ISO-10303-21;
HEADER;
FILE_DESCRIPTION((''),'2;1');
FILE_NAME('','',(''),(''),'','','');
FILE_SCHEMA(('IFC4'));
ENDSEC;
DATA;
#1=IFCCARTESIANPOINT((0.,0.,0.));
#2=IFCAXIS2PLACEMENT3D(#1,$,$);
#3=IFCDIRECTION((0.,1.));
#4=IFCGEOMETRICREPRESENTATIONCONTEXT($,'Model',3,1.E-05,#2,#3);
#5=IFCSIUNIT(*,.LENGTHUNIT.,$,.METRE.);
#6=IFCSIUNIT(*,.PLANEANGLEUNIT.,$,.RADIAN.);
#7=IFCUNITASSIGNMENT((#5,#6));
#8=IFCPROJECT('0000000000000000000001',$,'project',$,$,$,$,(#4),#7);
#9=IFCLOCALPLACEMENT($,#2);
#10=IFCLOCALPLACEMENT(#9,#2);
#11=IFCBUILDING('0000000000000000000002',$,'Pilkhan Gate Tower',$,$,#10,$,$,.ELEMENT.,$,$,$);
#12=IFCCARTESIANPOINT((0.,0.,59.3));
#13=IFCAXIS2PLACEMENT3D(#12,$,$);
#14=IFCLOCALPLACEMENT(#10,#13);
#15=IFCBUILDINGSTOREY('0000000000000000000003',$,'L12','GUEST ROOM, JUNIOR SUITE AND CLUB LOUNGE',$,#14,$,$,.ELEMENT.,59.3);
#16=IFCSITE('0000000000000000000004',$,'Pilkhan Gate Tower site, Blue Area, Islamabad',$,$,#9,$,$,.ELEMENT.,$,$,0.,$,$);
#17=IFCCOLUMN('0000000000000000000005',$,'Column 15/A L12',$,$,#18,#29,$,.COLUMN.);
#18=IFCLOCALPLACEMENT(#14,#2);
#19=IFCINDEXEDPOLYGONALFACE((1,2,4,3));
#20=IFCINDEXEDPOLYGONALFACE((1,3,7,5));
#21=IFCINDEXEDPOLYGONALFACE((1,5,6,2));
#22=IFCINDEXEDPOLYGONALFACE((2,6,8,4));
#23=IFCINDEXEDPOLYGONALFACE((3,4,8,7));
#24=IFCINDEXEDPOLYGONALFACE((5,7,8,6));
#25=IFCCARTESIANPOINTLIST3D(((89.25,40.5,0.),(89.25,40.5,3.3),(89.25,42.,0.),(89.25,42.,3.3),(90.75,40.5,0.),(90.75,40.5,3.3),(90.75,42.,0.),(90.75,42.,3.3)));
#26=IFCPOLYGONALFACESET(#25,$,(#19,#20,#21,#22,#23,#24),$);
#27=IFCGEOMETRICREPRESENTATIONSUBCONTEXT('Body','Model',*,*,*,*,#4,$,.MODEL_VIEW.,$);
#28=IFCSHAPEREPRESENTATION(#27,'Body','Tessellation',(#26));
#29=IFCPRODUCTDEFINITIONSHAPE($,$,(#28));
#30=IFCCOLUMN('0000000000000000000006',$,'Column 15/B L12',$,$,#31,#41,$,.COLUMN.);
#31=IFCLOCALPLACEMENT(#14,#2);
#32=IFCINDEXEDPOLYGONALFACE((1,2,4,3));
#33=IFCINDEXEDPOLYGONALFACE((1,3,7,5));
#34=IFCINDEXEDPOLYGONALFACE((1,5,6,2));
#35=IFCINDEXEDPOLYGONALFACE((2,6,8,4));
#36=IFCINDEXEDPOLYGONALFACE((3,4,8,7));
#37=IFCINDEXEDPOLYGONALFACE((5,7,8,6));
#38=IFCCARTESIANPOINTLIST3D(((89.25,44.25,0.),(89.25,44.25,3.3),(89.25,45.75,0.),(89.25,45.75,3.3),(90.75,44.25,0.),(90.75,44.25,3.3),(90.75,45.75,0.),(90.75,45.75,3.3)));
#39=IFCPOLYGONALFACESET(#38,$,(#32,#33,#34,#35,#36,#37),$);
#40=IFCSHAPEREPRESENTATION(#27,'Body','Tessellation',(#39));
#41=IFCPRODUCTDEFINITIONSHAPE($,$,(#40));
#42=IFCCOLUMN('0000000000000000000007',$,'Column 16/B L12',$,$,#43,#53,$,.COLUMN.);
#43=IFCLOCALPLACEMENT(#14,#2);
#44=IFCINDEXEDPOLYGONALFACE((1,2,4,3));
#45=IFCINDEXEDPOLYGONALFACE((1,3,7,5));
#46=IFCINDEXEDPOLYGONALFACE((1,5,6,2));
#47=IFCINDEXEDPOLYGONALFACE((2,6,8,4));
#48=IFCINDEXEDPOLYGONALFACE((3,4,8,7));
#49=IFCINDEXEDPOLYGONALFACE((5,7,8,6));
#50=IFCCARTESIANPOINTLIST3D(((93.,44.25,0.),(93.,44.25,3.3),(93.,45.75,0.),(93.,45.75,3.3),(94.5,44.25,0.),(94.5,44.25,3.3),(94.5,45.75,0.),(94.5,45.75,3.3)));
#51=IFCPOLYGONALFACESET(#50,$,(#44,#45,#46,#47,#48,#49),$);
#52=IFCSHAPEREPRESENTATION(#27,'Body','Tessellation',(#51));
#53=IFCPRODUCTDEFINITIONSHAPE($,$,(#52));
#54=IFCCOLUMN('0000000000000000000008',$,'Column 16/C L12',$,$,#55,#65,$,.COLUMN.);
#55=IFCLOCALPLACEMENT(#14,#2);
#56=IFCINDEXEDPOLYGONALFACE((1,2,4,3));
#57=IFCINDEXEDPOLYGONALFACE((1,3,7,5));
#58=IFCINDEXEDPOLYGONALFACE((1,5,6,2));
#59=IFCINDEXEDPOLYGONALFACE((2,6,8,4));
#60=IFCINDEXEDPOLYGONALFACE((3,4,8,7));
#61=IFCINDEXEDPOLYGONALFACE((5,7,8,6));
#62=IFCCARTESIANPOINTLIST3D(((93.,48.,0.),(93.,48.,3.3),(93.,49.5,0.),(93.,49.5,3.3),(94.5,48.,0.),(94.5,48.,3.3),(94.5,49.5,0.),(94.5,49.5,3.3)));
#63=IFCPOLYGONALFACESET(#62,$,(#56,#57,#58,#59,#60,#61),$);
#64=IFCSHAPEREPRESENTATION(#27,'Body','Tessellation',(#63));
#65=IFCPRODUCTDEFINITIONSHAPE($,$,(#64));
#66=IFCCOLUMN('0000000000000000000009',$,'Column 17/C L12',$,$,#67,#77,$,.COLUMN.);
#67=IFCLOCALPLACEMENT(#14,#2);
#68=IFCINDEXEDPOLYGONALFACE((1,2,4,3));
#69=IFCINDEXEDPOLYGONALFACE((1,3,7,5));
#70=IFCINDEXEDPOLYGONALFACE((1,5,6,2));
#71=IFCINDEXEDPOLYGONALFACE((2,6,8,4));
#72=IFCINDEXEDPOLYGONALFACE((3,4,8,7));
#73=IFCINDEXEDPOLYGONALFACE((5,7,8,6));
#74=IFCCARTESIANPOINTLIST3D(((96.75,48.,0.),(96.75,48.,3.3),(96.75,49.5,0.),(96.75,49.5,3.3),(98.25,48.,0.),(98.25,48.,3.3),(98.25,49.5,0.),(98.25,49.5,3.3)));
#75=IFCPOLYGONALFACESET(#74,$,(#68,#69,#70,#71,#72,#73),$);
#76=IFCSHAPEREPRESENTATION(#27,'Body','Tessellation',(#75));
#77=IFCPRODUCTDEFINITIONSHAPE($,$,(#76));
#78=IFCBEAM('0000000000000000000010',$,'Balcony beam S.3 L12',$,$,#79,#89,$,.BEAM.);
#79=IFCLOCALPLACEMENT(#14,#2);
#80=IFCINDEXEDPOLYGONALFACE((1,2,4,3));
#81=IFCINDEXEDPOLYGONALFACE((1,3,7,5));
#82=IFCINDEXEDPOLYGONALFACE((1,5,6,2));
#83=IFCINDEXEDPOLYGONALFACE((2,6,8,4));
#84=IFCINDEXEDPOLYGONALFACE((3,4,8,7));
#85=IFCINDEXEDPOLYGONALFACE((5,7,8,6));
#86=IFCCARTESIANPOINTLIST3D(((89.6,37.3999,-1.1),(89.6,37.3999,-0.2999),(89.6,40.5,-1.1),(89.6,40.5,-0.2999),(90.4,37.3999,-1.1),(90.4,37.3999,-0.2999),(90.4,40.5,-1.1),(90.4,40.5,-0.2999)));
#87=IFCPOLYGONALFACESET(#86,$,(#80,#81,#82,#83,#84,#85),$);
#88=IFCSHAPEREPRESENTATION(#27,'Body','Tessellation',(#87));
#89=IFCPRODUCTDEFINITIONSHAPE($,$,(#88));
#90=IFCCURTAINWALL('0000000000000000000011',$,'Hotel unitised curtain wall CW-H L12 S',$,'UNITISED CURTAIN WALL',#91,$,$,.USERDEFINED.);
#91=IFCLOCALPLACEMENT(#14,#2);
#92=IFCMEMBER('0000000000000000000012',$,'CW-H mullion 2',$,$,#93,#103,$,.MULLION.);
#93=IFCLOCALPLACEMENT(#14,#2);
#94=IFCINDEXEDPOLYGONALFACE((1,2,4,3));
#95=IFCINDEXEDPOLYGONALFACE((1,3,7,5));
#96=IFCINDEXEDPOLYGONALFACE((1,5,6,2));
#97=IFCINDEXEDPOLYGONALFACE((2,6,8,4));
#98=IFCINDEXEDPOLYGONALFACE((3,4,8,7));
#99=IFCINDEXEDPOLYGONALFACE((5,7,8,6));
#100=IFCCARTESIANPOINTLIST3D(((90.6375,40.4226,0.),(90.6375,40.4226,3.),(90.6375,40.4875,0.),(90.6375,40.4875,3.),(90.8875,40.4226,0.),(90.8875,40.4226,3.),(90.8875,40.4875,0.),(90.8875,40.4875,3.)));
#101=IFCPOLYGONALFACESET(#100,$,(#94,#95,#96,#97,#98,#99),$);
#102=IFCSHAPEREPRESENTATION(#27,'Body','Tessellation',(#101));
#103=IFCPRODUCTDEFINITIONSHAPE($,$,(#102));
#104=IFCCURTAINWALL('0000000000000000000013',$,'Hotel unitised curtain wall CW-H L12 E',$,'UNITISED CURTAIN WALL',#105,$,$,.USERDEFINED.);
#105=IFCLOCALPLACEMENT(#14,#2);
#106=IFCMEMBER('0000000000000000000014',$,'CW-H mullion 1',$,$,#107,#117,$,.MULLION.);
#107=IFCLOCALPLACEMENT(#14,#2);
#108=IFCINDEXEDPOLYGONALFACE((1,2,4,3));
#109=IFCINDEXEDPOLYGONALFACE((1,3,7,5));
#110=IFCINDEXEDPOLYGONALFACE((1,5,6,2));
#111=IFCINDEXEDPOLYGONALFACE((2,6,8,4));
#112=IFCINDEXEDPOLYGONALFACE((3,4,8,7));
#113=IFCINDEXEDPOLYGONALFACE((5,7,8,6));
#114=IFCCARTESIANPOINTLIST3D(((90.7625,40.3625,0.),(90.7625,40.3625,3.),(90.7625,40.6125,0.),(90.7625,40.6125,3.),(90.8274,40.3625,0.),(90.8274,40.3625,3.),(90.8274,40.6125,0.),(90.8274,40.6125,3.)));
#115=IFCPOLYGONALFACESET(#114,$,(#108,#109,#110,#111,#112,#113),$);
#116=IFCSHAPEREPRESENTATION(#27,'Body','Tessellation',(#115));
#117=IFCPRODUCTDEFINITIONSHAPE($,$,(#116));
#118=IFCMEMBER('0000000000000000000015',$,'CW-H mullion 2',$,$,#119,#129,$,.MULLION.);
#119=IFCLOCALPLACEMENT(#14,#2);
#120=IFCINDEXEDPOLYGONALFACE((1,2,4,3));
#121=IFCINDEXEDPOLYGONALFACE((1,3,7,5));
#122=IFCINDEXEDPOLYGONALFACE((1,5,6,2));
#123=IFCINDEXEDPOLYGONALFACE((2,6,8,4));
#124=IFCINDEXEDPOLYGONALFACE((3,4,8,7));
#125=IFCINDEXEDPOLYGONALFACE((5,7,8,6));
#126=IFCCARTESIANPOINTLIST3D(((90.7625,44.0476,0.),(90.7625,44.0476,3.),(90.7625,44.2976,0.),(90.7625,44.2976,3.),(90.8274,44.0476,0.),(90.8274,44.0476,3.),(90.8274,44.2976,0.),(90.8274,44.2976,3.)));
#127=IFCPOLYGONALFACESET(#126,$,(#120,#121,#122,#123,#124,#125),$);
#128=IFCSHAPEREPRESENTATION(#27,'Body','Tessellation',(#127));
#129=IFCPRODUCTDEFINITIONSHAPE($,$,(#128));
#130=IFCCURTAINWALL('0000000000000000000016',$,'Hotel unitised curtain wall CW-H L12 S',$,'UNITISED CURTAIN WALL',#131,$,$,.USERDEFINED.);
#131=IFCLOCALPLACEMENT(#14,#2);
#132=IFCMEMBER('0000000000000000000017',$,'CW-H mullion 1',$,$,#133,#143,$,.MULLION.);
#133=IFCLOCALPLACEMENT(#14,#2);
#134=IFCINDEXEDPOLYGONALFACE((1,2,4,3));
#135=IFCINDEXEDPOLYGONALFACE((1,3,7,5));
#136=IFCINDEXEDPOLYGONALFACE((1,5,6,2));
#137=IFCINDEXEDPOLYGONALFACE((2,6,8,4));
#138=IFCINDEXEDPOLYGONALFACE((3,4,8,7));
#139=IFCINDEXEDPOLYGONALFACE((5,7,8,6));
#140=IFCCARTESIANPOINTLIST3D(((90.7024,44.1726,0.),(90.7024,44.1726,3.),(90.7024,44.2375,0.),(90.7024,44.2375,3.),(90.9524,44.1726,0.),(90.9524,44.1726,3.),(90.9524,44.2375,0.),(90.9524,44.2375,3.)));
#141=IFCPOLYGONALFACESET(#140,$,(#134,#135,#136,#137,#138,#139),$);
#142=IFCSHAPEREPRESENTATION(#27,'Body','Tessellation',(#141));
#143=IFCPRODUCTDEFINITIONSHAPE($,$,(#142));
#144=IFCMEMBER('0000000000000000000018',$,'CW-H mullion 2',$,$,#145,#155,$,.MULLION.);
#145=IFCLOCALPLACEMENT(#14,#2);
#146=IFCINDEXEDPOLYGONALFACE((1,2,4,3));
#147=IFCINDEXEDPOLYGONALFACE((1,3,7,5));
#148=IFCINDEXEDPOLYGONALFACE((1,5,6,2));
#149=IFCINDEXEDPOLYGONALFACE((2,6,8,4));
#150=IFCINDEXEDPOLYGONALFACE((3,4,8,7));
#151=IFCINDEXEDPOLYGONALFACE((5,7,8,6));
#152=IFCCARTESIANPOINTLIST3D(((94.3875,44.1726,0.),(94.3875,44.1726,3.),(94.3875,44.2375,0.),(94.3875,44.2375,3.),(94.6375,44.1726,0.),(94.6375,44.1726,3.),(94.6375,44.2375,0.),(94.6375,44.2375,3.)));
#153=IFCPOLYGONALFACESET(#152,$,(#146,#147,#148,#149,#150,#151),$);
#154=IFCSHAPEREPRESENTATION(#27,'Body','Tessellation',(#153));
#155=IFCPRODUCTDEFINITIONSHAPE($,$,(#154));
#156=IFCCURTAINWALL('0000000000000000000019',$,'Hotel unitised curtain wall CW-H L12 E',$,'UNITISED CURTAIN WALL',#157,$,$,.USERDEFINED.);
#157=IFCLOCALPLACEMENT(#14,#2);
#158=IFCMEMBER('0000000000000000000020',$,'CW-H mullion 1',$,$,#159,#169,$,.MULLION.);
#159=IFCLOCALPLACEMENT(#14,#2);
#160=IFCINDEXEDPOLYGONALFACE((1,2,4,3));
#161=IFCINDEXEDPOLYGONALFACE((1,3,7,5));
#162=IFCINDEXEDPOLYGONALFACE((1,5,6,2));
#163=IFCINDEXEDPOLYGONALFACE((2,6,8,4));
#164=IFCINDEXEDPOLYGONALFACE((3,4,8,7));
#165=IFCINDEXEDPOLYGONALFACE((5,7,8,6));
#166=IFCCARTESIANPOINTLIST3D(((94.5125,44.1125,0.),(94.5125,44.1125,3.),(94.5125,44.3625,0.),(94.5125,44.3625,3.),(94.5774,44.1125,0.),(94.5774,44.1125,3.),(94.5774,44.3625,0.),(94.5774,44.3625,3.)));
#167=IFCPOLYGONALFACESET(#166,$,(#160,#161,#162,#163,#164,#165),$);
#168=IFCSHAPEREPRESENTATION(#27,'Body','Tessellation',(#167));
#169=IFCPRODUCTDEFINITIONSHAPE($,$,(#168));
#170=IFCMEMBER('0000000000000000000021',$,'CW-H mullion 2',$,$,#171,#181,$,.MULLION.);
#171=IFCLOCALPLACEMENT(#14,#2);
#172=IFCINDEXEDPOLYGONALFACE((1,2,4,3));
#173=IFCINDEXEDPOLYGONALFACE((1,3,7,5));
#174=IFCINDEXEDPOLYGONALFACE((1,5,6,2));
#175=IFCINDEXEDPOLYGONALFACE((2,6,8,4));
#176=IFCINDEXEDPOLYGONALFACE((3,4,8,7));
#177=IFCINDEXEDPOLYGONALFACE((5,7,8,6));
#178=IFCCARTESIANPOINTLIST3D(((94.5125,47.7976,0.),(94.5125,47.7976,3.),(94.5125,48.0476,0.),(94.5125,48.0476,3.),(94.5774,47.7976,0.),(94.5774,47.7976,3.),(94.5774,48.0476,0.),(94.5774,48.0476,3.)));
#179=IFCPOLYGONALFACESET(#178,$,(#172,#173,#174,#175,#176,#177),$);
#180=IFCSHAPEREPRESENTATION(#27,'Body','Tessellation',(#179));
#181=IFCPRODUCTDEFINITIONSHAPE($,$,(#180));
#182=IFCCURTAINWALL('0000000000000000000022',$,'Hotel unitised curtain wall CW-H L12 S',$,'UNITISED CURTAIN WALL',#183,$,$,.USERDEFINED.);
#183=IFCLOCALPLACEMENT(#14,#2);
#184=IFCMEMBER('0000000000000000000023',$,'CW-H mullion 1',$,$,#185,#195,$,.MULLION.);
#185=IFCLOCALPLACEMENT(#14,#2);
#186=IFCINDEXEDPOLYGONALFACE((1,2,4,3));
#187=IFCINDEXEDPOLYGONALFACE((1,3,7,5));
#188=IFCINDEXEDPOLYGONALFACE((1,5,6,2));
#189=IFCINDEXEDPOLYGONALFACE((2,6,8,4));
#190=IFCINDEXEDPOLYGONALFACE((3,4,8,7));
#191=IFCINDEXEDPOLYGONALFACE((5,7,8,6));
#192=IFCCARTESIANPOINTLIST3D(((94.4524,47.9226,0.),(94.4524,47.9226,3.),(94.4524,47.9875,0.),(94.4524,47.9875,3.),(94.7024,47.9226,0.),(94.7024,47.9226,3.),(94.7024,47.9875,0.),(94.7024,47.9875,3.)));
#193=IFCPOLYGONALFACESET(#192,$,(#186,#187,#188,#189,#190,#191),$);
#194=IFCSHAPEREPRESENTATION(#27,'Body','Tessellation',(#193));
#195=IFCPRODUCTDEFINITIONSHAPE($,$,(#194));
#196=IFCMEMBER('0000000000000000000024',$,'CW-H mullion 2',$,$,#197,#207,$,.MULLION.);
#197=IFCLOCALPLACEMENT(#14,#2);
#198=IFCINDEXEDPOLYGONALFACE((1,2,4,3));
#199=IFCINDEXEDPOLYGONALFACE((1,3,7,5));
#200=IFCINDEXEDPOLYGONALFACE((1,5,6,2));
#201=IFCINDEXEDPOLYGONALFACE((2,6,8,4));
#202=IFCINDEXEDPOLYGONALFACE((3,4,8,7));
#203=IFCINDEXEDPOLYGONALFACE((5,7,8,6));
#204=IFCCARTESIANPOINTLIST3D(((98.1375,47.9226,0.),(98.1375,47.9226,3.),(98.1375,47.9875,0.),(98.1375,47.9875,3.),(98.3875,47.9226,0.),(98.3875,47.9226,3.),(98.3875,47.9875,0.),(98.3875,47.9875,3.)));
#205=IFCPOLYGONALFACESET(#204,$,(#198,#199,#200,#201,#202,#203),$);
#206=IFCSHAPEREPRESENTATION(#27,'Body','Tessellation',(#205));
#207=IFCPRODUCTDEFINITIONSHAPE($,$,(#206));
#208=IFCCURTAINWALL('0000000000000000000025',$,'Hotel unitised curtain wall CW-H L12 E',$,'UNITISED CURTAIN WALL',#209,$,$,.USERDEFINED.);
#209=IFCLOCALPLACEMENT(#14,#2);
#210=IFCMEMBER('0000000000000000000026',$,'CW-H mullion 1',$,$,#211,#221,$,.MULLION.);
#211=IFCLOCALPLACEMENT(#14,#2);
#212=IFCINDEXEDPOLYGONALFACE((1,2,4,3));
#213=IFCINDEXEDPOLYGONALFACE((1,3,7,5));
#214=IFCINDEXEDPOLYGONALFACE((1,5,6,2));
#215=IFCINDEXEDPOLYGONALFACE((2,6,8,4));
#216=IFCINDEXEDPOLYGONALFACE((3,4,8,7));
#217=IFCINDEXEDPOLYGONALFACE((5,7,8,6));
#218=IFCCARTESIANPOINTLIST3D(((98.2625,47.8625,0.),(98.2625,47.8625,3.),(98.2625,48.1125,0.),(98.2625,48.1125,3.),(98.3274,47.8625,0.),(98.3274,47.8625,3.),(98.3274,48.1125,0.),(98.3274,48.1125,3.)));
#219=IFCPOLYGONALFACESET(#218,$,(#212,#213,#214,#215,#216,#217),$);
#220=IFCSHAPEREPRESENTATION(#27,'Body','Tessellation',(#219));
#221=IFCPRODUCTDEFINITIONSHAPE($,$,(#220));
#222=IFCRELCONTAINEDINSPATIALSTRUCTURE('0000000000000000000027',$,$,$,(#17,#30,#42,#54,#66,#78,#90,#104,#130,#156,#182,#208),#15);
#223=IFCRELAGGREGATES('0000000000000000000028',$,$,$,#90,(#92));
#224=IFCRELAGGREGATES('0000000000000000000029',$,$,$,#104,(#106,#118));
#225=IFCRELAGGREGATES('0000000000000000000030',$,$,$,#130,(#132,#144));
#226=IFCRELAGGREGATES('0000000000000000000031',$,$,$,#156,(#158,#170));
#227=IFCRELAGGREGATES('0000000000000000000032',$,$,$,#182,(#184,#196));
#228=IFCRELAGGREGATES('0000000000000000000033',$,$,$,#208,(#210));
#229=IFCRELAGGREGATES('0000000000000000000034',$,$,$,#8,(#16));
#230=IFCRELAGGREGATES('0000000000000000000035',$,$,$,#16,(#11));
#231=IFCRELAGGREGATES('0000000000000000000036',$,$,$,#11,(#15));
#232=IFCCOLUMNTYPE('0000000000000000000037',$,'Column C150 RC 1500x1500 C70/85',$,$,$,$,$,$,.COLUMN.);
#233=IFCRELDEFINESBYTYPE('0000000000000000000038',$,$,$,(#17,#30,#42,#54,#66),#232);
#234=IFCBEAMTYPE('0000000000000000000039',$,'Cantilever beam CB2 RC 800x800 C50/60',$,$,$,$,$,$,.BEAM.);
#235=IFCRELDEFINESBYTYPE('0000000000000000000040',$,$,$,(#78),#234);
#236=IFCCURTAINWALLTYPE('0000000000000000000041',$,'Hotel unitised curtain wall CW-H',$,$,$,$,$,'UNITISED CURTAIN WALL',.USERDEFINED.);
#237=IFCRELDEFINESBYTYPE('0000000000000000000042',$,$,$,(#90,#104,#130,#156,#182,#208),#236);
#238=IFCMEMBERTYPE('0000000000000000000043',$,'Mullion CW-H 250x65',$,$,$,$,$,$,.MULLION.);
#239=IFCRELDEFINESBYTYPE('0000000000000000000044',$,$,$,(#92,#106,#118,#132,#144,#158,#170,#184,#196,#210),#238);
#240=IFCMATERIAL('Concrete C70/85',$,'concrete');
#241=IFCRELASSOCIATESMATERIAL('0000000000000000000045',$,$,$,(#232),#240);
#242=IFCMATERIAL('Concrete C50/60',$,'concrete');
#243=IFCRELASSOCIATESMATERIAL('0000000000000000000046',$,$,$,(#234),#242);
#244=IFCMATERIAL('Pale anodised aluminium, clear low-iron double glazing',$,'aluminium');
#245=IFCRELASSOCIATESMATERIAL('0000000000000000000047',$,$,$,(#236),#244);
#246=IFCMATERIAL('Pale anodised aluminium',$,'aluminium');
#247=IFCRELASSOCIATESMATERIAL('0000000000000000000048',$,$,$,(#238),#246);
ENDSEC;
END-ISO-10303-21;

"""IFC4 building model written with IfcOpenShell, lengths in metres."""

from ifc_helpers import new_model, si_unit, direction, frame, origin, origin_2d, place, context, subcontext, project, spatial, rectangle, extrude, material, material_profile, profile_set, type_object, element, aggregate, save


model = new_model("IFC4")

# Units and contexts
model_context = context("Model", 3, precision=1e-05, world=origin(), true_north=direction((0.0, 1.0)))
body_context = subcontext(model_context, "Body", "Model", "MODEL_VIEW")
ifc_project = project(units=[si_unit("LENGTHUNIT", "METRE"), si_unit("PLANEANGLEUNIT", "RADIAN")], contexts=[model_context])

# Site, building, storey
site_placement = place(None, origin())
site = spatial("IfcSite", under=ifc_project, at=site_placement, Name="Pilkhan Gate Tower site, Blue Area, Islamabad", CompositionType="ELEMENT", RefElevation=0.0)
building_placement = place(site_placement, origin())
building = spatial("IfcBuilding", under=site, at=building_placement, Name="Pilkhan Gate Tower", CompositionType="ELEMENT")
storey_placement = place(building_placement, frame((0.0, 0.0, 59.3)))
storey = spatial("IfcBuildingStorey", under=building, at=storey_placement, Name="L12", Description="GUEST ROOM, JUNIOR SUITE AND CLUB LOUNGE", CompositionType="ELEMENT", Elevation=59.3)

# Columns
ifc_material_1 = material(Name="Concrete C70/85", Category="concrete")
ifc_material_profile_1 = material_profile(ifc_material_1, rectangle(XDim=1.5, YDim=1.5, at=origin_2d()), Name="RC 1500x1500")
ifc_profile_set_1 = profile_set([ifc_material_profile_1], Name="Concrete C70/85")
column_type = type_object("IfcColumnType", Name="Column C150 RC 1500x1500 C70/85", PredefinedType="COLUMN", material=ifc_profile_set_1)
for number, where, z_axis, x_axis, name in (
    (1, (90.0, 41.25, 0.0), (0.0, 0.0, 1.0), (1.0, 0.0, 0.0), "Column 15/A L12"),
    (2, (90.0, 45.0, 0.0), (0.0, 0.0, 1.0), (1.0, 0.0, 0.0), "Column 15/B L12"),
    (3, (93.75, 45.0, 0.0), (0.0, 0.0, 1.0), (1.0, 0.0, 0.0), "Column 16/B L12"),
    (4, (93.75, 48.75, 0.0), (0.0, 0.0, 1.0), (1.0, 0.0, 0.0), "Column 16/C L12"),
    (5, (97.5, 48.75, 0.0), (0.0, 0.0, 1.0), (1.0, 0.0, 0.0), "Column 17/C L12"),
):
    element("IfcColumn", number, at=place(storey_placement, frame(where, z_axis=z_axis, x_axis=x_axis)), inside=storey, type_object=column_type, Name=name, PredefinedType="COLUMN", context=body_context, shape_type="SweptSolid", body=[
        extrude(rectangle(XDim=1.5, YDim=1.5, at=origin_2d()), origin(), (0.0, 0.0, 1.0), 3.3),
    ])

# Beam
ifc_material_2 = material(Name="Concrete C50/60", Category="concrete")
ifc_material_profile_2 = material_profile(ifc_material_2, rectangle(XDim=0.8, YDim=0.8, at=origin_2d()), Name="RC 800x800")
ifc_profile_set_2 = profile_set([ifc_material_profile_2], Name="Concrete C50/60")
beam_type = type_object("IfcBeamType", Name="Cantilever beam CB2 RC 800x800 C50/60", PredefinedType="BEAM", material=ifc_profile_set_2)
beam_placement = place(storey_placement, frame((90.0, 40.5, -0.7), z_axis=(0.0, -1.0, 0.0), x_axis=(1.0, 0.0, 0.0)))
element("IfcBeam", 6, at=beam_placement, inside=storey, type_object=beam_type, Name="Balcony beam S.3 L12", PredefinedType="BEAM", context=body_context, shape_type="SweptSolid", body=[
    extrude(rectangle(XDim=0.8, YDim=0.8, at=origin_2d()), origin(), (0.0, 0.0, 1.0), 3.1001),
])

# Curtain wall, member
ifc_material_3 = material(Name="Pale anodised aluminium, clear low-iron double glazing", Category="aluminium")
curtain_wall_type = type_object("IfcCurtainWallType", Name="Hotel unitised curtain wall CW-H", ElementType="UNITISED CURTAIN WALL", PredefinedType="USERDEFINED", material=ifc_material_3)
curtain_wall_1_placement = place(storey_placement, origin())
curtain_wall_1 = element("IfcCurtainWall", 7, at=curtain_wall_1_placement, inside=storey, type_object=curtain_wall_type, Name="Hotel unitised curtain wall CW-H L12 S", ObjectType="UNITISED CURTAIN WALL", PredefinedType="USERDEFINED")
ifc_material_4 = material(Name="Pale anodised aluminium", Category="aluminium")
ifc_material_profile_3 = material_profile(ifc_material_4, rectangle(XDim=0.0649, YDim=0.25, at=origin_2d()), Name="Mullion 250x65")
ifc_profile_set_3 = profile_set([ifc_material_profile_3], Name="Pale anodised aluminium")
member_type_1 = type_object("IfcMemberType", Name="Mullion CW-H 250x65", PredefinedType="MULLION", material=ifc_profile_set_3)
member_1_placement = place(storey_placement, frame((90.7625, 40.4551, 0.0), z_axis=(0.0, 0.0, 1.0), x_axis=(0.0, 1.0, 0.0)))
member_1 = element("IfcMember", 8, at=member_1_placement, type_object=member_type_1, Name="CW-H mullion 2", PredefinedType="MULLION", context=body_context, shape_type="SweptSolid", body=[
    extrude(rectangle(XDim=0.0649, YDim=0.25, at=origin_2d()), origin(), (0.0, 0.0, 1.0), 3.0),
])
aggregate(curtain_wall_1, [member_1])

# Curtain walls, members
curtain_wall_2_placement = place(storey_placement, origin())
curtain_wall_2 = element("IfcCurtainWall", 9, at=curtain_wall_2_placement, inside=storey, type_object=curtain_wall_type, Name="Hotel unitised curtain wall CW-H L12 E", ObjectType="UNITISED CURTAIN WALL", PredefinedType="USERDEFINED")
member_2_placement = place(storey_placement, frame((90.7949, 40.4875, 0.0), z_axis=(0.0, 0.0, 1.0), x_axis=(-1.0, 0.0, 0.0)))
member_2 = element("IfcMember", 10, at=member_2_placement, type_object=member_type_1, Name="CW-H mullion 1", PredefinedType="MULLION", context=body_context, shape_type="SweptSolid", body=[
    extrude(rectangle(XDim=0.0649, YDim=0.25, at=origin_2d()), origin(), (0.0, 0.0, 1.0), 3.0),
])
member_3_placement = place(storey_placement, frame((90.7949, 44.1726, 0.0), z_axis=(0.0, 0.0, 1.0), x_axis=(-1.0, 0.0, 0.0)))
member_3 = element("IfcMember", 11, at=member_3_placement, type_object=member_type_1, Name="CW-H mullion 2", PredefinedType="MULLION", context=body_context, shape_type="SweptSolid", body=[
    extrude(rectangle(XDim=0.0649, YDim=0.25, at=origin_2d()), origin(), (0.0, 0.0, 1.0), 3.0),
])
curtain_wall_3_placement = place(storey_placement, origin())
curtain_wall_3 = element("IfcCurtainWall", 12, at=curtain_wall_3_placement, inside=storey, type_object=curtain_wall_type, Name="Hotel unitised curtain wall CW-H L12 S", ObjectType="UNITISED CURTAIN WALL", PredefinedType="USERDEFINED")
member_4_placement = place(storey_placement, frame((90.8274, 44.2051, 0.0), z_axis=(0.0, 0.0, 1.0), x_axis=(0.0, 1.0, 0.0)))
member_4 = element("IfcMember", 13, at=member_4_placement, type_object=member_type_1, Name="CW-H mullion 1", PredefinedType="MULLION", context=body_context, shape_type="SweptSolid", body=[
    extrude(rectangle(XDim=0.0649, YDim=0.25, at=origin_2d()), origin(), (0.0, 0.0, 1.0), 3.0),
])
member_5_placement = place(storey_placement, frame((94.5125, 44.2051, 0.0), z_axis=(0.0, 0.0, 1.0), x_axis=(0.0, 1.0, 0.0)))
member_5 = element("IfcMember", 14, at=member_5_placement, type_object=member_type_1, Name="CW-H mullion 2", PredefinedType="MULLION", context=body_context, shape_type="SweptSolid", body=[
    extrude(rectangle(XDim=0.0649, YDim=0.25, at=origin_2d()), origin(), (0.0, 0.0, 1.0), 3.0),
])
curtain_wall_4_placement = place(storey_placement, origin())
curtain_wall_4 = element("IfcCurtainWall", 15, at=curtain_wall_4_placement, inside=storey, type_object=curtain_wall_type, Name="Hotel unitised curtain wall CW-H L12 E", ObjectType="UNITISED CURTAIN WALL", PredefinedType="USERDEFINED")
member_6_placement = place(storey_placement, frame((94.5449, 44.2375, 0.0), z_axis=(0.0, 0.0, 1.0), x_axis=(-1.0, 0.0, 0.0)))
member_6 = element("IfcMember", 16, at=member_6_placement, type_object=member_type_1, Name="CW-H mullion 1", PredefinedType="MULLION", context=body_context, shape_type="SweptSolid", body=[
    extrude(rectangle(XDim=0.0649, YDim=0.25, at=origin_2d()), origin(), (0.0, 0.0, 1.0), 3.0),
])
member_7_placement = place(storey_placement, frame((94.5449, 47.9226, 0.0), z_axis=(0.0, 0.0, 1.0), x_axis=(-1.0, 0.0, 0.0)))
member_7 = element("IfcMember", 17, at=member_7_placement, type_object=member_type_1, Name="CW-H mullion 2", PredefinedType="MULLION", context=body_context, shape_type="SweptSolid", body=[
    extrude(rectangle(XDim=0.0649, YDim=0.25, at=origin_2d()), origin(), (0.0, 0.0, 1.0), 3.0),
])
curtain_wall_5_placement = place(storey_placement, origin())
curtain_wall_5 = element("IfcCurtainWall", 18, at=curtain_wall_5_placement, inside=storey, type_object=curtain_wall_type, Name="Hotel unitised curtain wall CW-H L12 S", ObjectType="UNITISED CURTAIN WALL", PredefinedType="USERDEFINED")
member_8_placement = place(storey_placement, frame((94.5774, 47.9551, 0.0), z_axis=(0.0, 0.0, 1.0), x_axis=(0.0, 1.0, 0.0)))
member_8 = element("IfcMember", 19, at=member_8_placement, type_object=member_type_1, Name="CW-H mullion 1", PredefinedType="MULLION", context=body_context, shape_type="SweptSolid", body=[
    extrude(rectangle(XDim=0.0649, YDim=0.25, at=origin_2d()), origin(), (0.0, 0.0, 1.0), 3.0),
])
member_9_placement = place(storey_placement, frame((98.2625, 47.9551, 0.0), z_axis=(0.0, 0.0, 1.0), x_axis=(0.0, 1.0, 0.0)))
member_9 = element("IfcMember", 20, at=member_9_placement, type_object=member_type_1, Name="CW-H mullion 2", PredefinedType="MULLION", context=body_context, shape_type="SweptSolid", body=[
    extrude(rectangle(XDim=0.0649, YDim=0.25, at=origin_2d()), origin(), (0.0, 0.0, 1.0), 3.0),
])
curtain_wall_6_placement = place(storey_placement, origin())
curtain_wall_6 = element("IfcCurtainWall", 21, at=curtain_wall_6_placement, inside=storey, type_object=curtain_wall_type, Name="Hotel unitised curtain wall CW-H L12 E", ObjectType="UNITISED CURTAIN WALL", PredefinedType="USERDEFINED")
member_10_placement = place(storey_placement, frame((98.2949, 47.9875, 0.0), z_axis=(0.0, 0.0, 1.0), x_axis=(-1.0, 0.0, 0.0)))
member_10 = element("IfcMember", 22, at=member_10_placement, type_object=member_type_1, Name="CW-H mullion 1", PredefinedType="MULLION", context=body_context, shape_type="SweptSolid", body=[
    extrude(rectangle(XDim=0.0649, YDim=0.25, at=origin_2d()), origin(), (0.0, 0.0, 1.0), 3.0),
])

aggregate(curtain_wall_2, [member_2, member_3])
aggregate(curtain_wall_3, [member_4, member_5])
aggregate(curtain_wall_4, [member_6, member_7])
aggregate(curtain_wall_5, [member_8, member_9])
aggregate(curtain_wall_6, [member_10])

save(model, "model.ifc")
